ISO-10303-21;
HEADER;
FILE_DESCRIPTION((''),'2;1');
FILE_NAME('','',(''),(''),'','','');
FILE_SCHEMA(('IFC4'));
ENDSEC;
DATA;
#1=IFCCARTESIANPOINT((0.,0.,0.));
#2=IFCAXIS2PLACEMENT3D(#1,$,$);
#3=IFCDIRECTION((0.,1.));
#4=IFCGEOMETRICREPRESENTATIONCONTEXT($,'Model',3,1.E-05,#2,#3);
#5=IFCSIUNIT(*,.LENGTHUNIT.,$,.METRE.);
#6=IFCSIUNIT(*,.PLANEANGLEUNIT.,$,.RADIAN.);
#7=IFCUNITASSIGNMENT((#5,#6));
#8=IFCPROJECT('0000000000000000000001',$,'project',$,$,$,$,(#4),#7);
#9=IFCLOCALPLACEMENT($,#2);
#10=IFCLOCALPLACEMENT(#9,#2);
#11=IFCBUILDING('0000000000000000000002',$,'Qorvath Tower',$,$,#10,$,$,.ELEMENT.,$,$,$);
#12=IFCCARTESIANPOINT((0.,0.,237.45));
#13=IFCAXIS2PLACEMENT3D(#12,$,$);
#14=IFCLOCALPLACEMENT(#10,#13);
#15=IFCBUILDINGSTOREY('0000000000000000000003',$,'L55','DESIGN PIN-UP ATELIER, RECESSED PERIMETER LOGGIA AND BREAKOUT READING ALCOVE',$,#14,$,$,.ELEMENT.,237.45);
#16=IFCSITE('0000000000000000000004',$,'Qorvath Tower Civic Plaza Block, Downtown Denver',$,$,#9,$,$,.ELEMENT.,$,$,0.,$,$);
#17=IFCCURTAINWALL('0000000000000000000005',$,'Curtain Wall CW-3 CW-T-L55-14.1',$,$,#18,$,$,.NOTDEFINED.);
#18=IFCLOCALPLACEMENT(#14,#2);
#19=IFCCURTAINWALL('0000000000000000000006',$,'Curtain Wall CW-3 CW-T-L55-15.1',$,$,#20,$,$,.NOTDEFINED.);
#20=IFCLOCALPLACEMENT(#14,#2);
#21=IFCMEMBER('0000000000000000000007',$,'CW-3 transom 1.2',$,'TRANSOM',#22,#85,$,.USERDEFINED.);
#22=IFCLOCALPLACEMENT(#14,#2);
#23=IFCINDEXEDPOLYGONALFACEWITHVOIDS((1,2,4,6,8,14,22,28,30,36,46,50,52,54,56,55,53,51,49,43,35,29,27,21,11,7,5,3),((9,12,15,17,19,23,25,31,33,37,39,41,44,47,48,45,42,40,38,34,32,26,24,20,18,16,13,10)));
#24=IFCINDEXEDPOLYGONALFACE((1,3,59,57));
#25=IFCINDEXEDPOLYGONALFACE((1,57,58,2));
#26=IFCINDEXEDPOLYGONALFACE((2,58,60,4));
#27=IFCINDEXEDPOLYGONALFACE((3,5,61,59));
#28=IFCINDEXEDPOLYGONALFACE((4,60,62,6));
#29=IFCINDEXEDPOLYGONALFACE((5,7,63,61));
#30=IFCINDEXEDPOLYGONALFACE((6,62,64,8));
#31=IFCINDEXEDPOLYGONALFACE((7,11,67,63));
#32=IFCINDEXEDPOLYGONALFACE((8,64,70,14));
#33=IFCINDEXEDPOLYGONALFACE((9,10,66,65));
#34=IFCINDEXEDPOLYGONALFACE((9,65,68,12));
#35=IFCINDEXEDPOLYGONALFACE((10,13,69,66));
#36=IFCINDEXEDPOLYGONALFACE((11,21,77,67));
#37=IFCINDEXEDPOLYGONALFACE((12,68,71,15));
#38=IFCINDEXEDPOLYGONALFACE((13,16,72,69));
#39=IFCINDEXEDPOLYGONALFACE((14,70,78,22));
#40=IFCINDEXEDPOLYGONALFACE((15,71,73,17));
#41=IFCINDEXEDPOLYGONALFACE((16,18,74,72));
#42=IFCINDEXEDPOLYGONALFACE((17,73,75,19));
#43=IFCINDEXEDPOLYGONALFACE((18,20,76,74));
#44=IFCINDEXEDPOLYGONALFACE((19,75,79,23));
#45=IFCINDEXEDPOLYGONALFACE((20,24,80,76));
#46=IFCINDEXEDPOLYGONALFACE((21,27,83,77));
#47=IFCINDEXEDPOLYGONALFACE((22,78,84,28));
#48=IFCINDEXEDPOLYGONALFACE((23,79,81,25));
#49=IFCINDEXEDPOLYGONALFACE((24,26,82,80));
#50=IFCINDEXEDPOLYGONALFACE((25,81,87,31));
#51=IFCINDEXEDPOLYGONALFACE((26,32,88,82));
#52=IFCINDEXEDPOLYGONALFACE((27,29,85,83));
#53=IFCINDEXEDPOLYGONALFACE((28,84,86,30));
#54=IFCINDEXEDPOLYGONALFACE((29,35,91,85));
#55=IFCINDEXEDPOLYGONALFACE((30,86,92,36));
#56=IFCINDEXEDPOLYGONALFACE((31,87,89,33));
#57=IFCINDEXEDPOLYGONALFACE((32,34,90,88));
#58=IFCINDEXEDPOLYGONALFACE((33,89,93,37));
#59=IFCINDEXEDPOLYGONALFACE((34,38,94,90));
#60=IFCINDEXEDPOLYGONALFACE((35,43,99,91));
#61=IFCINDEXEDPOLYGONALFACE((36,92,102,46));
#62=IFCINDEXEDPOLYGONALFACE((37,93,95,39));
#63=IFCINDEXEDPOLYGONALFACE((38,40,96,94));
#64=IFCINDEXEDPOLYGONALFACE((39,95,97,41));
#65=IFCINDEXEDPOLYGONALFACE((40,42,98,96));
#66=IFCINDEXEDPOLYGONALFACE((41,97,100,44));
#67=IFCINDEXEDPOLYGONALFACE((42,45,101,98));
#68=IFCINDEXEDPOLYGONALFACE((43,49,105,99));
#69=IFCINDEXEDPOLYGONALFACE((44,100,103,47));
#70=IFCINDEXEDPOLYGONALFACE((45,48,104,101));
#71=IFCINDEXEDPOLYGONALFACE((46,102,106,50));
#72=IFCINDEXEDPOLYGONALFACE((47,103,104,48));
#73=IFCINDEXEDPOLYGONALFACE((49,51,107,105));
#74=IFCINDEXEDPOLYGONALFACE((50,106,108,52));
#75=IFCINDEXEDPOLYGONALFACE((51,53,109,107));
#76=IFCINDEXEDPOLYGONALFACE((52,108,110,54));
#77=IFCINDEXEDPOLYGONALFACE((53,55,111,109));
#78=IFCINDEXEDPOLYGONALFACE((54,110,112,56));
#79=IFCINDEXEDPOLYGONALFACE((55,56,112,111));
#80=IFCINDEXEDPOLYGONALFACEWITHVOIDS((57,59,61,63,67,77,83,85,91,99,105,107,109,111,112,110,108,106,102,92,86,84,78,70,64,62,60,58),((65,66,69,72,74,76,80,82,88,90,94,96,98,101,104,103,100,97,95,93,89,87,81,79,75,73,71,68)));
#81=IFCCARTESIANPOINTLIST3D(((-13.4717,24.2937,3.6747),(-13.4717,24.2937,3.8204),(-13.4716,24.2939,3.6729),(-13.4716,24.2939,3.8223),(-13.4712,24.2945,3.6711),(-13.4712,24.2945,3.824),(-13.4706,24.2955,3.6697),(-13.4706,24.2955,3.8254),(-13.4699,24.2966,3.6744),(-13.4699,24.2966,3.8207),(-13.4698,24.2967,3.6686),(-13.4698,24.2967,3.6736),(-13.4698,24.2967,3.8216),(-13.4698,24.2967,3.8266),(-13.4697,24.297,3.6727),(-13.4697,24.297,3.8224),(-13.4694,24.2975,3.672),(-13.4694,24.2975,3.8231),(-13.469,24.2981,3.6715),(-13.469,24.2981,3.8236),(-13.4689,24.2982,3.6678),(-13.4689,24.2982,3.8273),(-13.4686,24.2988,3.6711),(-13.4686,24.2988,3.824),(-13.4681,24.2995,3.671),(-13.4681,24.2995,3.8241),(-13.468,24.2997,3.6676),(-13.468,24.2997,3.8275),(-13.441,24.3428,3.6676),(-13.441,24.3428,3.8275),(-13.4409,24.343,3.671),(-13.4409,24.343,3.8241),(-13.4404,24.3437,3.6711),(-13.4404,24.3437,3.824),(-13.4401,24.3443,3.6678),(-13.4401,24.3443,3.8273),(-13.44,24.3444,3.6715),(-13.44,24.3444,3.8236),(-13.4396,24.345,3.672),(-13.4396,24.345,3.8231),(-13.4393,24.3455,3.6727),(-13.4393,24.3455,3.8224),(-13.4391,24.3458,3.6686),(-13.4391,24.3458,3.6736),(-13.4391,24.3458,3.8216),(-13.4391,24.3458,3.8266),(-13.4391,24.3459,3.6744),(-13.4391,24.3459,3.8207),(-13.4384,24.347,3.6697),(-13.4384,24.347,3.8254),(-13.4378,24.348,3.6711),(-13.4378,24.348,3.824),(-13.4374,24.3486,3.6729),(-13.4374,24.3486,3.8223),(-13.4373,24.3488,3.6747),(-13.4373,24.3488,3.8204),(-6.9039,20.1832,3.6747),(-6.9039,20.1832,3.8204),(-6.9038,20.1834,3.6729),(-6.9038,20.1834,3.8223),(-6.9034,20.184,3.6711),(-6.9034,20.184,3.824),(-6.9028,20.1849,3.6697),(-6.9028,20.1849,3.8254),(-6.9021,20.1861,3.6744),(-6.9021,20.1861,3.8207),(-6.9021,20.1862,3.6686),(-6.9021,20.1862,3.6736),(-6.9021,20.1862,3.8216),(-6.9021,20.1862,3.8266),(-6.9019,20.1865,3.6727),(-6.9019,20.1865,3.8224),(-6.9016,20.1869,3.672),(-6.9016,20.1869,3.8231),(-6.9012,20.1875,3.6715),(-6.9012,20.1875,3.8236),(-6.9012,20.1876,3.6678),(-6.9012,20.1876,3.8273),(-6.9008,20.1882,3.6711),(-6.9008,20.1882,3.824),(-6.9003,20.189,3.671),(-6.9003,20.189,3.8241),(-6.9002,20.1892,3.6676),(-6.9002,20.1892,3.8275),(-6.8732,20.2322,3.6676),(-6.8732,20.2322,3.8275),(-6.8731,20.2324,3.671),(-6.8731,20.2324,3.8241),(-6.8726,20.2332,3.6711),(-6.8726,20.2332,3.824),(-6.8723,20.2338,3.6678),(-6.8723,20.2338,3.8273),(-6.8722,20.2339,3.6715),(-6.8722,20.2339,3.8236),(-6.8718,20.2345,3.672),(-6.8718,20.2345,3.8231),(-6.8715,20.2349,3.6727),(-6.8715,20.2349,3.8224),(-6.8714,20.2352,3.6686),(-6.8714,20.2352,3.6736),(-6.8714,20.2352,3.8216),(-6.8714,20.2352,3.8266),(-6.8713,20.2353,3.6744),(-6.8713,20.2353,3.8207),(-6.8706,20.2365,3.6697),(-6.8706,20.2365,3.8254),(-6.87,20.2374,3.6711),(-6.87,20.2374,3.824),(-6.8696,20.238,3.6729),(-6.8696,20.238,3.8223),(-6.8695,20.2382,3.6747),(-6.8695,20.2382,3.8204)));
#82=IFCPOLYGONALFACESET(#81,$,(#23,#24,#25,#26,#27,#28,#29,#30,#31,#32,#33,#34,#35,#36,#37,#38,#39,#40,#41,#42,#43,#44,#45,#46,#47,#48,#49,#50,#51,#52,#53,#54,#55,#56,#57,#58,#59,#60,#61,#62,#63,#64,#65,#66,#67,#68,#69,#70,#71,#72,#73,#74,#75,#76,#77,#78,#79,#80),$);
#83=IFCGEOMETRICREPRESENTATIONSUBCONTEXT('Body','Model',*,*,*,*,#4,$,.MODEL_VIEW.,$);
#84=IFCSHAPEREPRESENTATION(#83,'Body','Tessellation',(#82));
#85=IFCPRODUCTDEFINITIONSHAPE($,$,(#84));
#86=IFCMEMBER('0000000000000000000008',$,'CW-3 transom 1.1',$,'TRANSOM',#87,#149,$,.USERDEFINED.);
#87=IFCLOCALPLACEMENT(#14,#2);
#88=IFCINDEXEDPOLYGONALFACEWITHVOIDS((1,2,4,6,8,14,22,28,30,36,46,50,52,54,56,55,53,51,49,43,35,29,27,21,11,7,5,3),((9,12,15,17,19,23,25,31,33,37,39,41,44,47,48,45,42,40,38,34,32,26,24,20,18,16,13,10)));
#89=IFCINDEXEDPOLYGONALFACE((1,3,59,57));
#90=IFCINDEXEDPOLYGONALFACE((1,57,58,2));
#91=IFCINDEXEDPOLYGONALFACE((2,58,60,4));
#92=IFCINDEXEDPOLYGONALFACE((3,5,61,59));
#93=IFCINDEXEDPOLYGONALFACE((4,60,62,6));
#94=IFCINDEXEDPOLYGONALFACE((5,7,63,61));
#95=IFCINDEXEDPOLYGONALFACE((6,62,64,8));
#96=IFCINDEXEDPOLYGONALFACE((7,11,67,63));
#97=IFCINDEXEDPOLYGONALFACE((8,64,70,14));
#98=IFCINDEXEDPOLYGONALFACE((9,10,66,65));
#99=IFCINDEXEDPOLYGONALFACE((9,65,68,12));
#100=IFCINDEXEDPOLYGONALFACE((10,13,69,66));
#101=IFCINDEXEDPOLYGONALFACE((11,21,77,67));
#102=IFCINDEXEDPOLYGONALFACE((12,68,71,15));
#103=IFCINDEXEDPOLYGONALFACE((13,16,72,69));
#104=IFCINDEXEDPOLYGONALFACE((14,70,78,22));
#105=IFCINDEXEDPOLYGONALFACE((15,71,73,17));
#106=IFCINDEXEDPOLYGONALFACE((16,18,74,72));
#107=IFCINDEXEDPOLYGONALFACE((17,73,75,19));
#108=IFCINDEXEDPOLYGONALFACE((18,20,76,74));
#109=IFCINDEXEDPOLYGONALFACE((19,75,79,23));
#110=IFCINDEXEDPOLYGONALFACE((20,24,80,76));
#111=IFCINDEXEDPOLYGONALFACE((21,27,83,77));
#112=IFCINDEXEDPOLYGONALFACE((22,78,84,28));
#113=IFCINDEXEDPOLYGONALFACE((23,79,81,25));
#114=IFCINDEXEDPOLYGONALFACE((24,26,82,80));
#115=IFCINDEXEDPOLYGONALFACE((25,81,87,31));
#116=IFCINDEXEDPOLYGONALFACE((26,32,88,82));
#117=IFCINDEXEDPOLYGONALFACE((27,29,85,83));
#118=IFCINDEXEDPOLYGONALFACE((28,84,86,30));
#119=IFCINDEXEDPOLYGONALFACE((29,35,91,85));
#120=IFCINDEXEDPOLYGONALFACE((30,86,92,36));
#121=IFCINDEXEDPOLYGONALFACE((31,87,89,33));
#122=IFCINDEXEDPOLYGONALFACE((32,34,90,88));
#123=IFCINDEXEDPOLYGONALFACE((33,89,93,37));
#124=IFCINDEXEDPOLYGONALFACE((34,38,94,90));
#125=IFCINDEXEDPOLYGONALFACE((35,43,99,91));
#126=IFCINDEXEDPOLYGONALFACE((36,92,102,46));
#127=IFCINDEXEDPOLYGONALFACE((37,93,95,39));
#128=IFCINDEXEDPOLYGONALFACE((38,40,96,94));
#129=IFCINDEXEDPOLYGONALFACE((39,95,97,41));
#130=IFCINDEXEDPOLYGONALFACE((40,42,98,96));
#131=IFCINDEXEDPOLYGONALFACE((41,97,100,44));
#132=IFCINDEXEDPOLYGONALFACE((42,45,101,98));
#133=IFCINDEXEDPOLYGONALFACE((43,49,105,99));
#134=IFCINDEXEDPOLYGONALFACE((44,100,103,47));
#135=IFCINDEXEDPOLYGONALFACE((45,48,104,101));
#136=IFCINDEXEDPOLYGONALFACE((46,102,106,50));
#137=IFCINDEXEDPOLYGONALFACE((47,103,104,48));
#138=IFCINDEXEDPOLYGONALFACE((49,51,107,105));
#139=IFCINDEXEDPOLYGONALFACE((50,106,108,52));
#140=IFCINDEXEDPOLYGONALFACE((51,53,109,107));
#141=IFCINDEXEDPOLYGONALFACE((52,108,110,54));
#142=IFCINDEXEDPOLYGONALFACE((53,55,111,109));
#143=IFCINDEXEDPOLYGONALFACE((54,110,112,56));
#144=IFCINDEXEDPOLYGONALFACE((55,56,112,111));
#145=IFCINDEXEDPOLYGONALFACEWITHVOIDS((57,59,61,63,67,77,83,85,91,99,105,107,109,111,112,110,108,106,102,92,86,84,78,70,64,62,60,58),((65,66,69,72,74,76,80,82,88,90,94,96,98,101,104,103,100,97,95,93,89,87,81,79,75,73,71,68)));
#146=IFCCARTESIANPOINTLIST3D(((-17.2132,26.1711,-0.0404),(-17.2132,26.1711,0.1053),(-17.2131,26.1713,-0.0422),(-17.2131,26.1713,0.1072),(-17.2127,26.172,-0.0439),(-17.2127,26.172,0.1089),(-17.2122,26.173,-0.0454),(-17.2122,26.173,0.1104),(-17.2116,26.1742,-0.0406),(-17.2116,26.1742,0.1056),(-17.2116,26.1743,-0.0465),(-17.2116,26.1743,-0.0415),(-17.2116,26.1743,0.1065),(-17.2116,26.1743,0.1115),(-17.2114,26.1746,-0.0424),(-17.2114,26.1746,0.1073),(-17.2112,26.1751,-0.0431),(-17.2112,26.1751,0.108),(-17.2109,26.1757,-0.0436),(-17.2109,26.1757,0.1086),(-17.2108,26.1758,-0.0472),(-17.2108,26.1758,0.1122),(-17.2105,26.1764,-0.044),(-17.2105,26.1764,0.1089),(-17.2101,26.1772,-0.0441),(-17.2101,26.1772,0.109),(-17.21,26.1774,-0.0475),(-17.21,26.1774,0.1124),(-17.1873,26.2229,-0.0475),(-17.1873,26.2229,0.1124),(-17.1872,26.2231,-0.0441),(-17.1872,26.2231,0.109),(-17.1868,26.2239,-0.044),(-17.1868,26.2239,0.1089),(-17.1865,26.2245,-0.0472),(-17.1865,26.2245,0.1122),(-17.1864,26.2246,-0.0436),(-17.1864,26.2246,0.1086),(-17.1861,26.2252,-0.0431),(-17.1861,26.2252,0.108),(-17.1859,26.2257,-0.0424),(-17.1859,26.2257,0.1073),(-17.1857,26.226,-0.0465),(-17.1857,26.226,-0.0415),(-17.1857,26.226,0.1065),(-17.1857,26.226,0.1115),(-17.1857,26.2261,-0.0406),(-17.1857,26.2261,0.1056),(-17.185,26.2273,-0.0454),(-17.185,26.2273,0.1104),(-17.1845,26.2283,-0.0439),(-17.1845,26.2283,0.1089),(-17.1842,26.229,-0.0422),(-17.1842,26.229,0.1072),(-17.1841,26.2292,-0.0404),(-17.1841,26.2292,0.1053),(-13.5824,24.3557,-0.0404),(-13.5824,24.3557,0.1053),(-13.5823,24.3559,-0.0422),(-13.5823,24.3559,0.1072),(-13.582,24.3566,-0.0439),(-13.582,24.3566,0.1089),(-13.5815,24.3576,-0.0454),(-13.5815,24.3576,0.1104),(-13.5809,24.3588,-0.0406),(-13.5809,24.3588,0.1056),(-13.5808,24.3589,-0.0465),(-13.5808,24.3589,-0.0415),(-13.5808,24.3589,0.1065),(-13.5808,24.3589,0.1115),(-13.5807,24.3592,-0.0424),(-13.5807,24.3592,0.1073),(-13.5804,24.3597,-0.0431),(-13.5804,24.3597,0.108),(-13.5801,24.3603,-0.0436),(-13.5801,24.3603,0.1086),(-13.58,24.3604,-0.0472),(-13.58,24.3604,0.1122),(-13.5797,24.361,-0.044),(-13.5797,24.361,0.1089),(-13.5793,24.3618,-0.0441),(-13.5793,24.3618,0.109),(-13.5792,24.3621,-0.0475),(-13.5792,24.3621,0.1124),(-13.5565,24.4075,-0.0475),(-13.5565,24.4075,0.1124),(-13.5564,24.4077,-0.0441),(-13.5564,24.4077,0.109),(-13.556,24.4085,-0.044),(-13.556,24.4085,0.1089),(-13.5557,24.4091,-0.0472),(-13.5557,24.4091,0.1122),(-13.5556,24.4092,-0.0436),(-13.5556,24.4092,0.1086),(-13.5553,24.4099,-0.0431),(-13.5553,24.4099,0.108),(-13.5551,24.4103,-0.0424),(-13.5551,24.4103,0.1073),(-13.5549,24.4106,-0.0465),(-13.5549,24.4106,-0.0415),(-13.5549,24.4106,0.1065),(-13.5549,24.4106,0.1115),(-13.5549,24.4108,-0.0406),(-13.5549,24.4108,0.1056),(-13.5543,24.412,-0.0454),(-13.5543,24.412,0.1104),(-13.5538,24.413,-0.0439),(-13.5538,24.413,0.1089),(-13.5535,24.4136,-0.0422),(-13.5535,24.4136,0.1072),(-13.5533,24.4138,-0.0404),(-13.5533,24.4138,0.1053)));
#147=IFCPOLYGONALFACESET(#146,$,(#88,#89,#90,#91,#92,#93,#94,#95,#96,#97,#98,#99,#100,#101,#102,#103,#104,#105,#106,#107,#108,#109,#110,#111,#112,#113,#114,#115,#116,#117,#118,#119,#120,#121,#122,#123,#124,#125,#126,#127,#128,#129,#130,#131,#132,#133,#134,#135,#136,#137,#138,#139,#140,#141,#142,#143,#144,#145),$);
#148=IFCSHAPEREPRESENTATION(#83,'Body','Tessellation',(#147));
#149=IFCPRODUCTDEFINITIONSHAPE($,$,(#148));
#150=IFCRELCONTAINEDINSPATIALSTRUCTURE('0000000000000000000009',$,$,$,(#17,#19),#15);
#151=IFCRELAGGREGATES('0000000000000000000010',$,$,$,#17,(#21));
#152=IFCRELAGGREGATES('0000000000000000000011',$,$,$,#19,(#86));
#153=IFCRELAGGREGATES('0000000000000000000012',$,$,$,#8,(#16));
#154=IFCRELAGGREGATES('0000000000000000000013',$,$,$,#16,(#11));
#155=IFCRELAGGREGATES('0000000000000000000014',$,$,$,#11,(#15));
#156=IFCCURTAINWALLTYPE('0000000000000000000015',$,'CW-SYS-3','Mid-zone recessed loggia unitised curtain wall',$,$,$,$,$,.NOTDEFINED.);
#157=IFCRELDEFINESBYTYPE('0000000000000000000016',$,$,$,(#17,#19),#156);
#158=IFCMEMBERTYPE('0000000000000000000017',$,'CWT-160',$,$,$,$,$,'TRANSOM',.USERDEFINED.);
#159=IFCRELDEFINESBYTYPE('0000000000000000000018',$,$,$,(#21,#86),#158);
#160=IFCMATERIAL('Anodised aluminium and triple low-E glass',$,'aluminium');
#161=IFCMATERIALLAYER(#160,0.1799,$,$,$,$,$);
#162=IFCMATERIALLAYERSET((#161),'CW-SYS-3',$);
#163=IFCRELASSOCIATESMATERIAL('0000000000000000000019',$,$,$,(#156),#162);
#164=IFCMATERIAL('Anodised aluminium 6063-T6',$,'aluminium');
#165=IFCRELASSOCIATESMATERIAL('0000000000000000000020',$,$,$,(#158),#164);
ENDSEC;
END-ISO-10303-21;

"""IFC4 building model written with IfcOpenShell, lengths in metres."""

from ifc_helpers import new_model, si_unit, direction, frame, origin, origin_2d, place, context, subcontext, project, spatial, hollow_rectangle, extrude, material, layer, layer_set, material_profile, profile_set, type_object, element, aggregate, save


model = new_model("IFC4")

# Units and contexts
model_context = context("Model", 3, precision=1e-05, world=origin(), true_north=direction((0.0, 1.0)))
body_context = subcontext(model_context, "Body", "Model", "MODEL_VIEW")
ifc_project = project(units=[si_unit("LENGTHUNIT", "METRE"), si_unit("PLANEANGLEUNIT", "RADIAN")], contexts=[model_context])

# Site, building, storey
site_placement = place(None, origin())
site = spatial("IfcSite", under=ifc_project, at=site_placement, Name="Qorvath Tower Civic Plaza Block, Downtown Denver", CompositionType="ELEMENT", RefElevation=0.0)
building_placement = place(site_placement, origin())
building = spatial("IfcBuilding", under=site, at=building_placement, Name="Qorvath Tower", CompositionType="ELEMENT")
storey_placement = place(building_placement, frame((0.0, 0.0, 237.45)))
storey = spatial("IfcBuildingStorey", under=building, at=storey_placement, Name="L55", Description="DESIGN PIN-UP ATELIER, RECESSED PERIMETER LOGGIA AND BREAKOUT READING ALCOVE", CompositionType="ELEMENT", Elevation=237.45)

# Shared definitions
ifc_material_1 = material(Name="Anodised aluminium and triple low-E glass", Category="aluminium")
ifc_layer_1 = layer(ifc_material_1, 0.1799)
ifc_layer_set_1 = layer_set([ifc_layer_1], Name="CW-SYS-3")
curtain_wall_type = type_object("IfcCurtainWallType", Name="CW-SYS-3", Description="Mid-zone recessed loggia unitised curtain wall", PredefinedType="NOTDEFINED", material=ifc_layer_set_1)

# Curtain walls
curtain_wall_1_placement = place(storey_placement, origin())
curtain_wall_1 = element("IfcCurtainWall", 1, at=curtain_wall_1_placement, inside=storey, type_object=curtain_wall_type, Name="Curtain Wall CW-3 CW-T-L55-14.1", PredefinedType="NOTDEFINED")
curtain_wall_2_placement = place(storey_placement, origin())
curtain_wall_2 = element("IfcCurtainWall", 2, at=curtain_wall_2_placement, inside=storey, type_object=curtain_wall_type, Name="Curtain Wall CW-3 CW-T-L55-15.1", PredefinedType="NOTDEFINED")

# Members
ifc_material_2 = material(Name="Anodised aluminium 6063-T6", Category="aluminium")
ifc_material_profile_1 = material_profile(ifc_material_2, hollow_rectangle(XDim=0.0649, YDim=0.1599, WallThickness=0.0034, InnerFilletRadius=0.0034, OuterFilletRadius=0.0071, at=origin_2d()), Name="CWT 160x65")
ifc_profile_set_1 = profile_set([ifc_material_profile_1], Name="Anodised aluminium 6063-T6")
member_type_1 = type_object("IfcMemberType", Name="CWT-160", ElementType="TRANSOM", PredefinedType="USERDEFINED", material=ifc_profile_set_1)
member_1_placement = place(storey_placement, frame((-6.8867, 20.2107, 3.7476), z_axis=(-0.847669, 0.530526, 0.0), x_axis=(-0.530526, -0.847669, 0.0)))
member_1 = element("IfcMember", 3, at=member_1_placement, type_object=member_type_1, Name="CW-3 transom 1.2", ObjectType="TRANSOM", PredefinedType="USERDEFINED", context=body_context, shape_type="SweptSolid", body=[
    extrude(hollow_rectangle(XDim=0.0649, YDim=0.1599, WallThickness=0.0034, InnerFilletRadius=0.0034, OuterFilletRadius=0.0071, at=origin_2d()), origin(), (0.0, 0.0, 1.0), 7.748),
])
member_2_placement = place(storey_placement, frame((-13.5679, 24.3848, 0.0325), z_axis=(-0.894427, 0.447214, 0.0), x_axis=(-0.447214, -0.894427, 0.0)))
member_2 = element("IfcMember", 4, at=member_2_placement, type_object=member_type_1, Name="CW-3 transom 1.1", ObjectType="TRANSOM", PredefinedType="USERDEFINED", context=body_context, shape_type="SweptSolid", body=[
    extrude(hollow_rectangle(XDim=0.0649, YDim=0.1599, WallThickness=0.0034, InnerFilletRadius=0.0034, OuterFilletRadius=0.0071, at=origin_2d()), origin(), (0.0, 0.0, 1.0), 4.0593),
])

aggregate(curtain_wall_1, [member_1])
aggregate(curtain_wall_2, [member_2])

save(model, "model.ifc")
